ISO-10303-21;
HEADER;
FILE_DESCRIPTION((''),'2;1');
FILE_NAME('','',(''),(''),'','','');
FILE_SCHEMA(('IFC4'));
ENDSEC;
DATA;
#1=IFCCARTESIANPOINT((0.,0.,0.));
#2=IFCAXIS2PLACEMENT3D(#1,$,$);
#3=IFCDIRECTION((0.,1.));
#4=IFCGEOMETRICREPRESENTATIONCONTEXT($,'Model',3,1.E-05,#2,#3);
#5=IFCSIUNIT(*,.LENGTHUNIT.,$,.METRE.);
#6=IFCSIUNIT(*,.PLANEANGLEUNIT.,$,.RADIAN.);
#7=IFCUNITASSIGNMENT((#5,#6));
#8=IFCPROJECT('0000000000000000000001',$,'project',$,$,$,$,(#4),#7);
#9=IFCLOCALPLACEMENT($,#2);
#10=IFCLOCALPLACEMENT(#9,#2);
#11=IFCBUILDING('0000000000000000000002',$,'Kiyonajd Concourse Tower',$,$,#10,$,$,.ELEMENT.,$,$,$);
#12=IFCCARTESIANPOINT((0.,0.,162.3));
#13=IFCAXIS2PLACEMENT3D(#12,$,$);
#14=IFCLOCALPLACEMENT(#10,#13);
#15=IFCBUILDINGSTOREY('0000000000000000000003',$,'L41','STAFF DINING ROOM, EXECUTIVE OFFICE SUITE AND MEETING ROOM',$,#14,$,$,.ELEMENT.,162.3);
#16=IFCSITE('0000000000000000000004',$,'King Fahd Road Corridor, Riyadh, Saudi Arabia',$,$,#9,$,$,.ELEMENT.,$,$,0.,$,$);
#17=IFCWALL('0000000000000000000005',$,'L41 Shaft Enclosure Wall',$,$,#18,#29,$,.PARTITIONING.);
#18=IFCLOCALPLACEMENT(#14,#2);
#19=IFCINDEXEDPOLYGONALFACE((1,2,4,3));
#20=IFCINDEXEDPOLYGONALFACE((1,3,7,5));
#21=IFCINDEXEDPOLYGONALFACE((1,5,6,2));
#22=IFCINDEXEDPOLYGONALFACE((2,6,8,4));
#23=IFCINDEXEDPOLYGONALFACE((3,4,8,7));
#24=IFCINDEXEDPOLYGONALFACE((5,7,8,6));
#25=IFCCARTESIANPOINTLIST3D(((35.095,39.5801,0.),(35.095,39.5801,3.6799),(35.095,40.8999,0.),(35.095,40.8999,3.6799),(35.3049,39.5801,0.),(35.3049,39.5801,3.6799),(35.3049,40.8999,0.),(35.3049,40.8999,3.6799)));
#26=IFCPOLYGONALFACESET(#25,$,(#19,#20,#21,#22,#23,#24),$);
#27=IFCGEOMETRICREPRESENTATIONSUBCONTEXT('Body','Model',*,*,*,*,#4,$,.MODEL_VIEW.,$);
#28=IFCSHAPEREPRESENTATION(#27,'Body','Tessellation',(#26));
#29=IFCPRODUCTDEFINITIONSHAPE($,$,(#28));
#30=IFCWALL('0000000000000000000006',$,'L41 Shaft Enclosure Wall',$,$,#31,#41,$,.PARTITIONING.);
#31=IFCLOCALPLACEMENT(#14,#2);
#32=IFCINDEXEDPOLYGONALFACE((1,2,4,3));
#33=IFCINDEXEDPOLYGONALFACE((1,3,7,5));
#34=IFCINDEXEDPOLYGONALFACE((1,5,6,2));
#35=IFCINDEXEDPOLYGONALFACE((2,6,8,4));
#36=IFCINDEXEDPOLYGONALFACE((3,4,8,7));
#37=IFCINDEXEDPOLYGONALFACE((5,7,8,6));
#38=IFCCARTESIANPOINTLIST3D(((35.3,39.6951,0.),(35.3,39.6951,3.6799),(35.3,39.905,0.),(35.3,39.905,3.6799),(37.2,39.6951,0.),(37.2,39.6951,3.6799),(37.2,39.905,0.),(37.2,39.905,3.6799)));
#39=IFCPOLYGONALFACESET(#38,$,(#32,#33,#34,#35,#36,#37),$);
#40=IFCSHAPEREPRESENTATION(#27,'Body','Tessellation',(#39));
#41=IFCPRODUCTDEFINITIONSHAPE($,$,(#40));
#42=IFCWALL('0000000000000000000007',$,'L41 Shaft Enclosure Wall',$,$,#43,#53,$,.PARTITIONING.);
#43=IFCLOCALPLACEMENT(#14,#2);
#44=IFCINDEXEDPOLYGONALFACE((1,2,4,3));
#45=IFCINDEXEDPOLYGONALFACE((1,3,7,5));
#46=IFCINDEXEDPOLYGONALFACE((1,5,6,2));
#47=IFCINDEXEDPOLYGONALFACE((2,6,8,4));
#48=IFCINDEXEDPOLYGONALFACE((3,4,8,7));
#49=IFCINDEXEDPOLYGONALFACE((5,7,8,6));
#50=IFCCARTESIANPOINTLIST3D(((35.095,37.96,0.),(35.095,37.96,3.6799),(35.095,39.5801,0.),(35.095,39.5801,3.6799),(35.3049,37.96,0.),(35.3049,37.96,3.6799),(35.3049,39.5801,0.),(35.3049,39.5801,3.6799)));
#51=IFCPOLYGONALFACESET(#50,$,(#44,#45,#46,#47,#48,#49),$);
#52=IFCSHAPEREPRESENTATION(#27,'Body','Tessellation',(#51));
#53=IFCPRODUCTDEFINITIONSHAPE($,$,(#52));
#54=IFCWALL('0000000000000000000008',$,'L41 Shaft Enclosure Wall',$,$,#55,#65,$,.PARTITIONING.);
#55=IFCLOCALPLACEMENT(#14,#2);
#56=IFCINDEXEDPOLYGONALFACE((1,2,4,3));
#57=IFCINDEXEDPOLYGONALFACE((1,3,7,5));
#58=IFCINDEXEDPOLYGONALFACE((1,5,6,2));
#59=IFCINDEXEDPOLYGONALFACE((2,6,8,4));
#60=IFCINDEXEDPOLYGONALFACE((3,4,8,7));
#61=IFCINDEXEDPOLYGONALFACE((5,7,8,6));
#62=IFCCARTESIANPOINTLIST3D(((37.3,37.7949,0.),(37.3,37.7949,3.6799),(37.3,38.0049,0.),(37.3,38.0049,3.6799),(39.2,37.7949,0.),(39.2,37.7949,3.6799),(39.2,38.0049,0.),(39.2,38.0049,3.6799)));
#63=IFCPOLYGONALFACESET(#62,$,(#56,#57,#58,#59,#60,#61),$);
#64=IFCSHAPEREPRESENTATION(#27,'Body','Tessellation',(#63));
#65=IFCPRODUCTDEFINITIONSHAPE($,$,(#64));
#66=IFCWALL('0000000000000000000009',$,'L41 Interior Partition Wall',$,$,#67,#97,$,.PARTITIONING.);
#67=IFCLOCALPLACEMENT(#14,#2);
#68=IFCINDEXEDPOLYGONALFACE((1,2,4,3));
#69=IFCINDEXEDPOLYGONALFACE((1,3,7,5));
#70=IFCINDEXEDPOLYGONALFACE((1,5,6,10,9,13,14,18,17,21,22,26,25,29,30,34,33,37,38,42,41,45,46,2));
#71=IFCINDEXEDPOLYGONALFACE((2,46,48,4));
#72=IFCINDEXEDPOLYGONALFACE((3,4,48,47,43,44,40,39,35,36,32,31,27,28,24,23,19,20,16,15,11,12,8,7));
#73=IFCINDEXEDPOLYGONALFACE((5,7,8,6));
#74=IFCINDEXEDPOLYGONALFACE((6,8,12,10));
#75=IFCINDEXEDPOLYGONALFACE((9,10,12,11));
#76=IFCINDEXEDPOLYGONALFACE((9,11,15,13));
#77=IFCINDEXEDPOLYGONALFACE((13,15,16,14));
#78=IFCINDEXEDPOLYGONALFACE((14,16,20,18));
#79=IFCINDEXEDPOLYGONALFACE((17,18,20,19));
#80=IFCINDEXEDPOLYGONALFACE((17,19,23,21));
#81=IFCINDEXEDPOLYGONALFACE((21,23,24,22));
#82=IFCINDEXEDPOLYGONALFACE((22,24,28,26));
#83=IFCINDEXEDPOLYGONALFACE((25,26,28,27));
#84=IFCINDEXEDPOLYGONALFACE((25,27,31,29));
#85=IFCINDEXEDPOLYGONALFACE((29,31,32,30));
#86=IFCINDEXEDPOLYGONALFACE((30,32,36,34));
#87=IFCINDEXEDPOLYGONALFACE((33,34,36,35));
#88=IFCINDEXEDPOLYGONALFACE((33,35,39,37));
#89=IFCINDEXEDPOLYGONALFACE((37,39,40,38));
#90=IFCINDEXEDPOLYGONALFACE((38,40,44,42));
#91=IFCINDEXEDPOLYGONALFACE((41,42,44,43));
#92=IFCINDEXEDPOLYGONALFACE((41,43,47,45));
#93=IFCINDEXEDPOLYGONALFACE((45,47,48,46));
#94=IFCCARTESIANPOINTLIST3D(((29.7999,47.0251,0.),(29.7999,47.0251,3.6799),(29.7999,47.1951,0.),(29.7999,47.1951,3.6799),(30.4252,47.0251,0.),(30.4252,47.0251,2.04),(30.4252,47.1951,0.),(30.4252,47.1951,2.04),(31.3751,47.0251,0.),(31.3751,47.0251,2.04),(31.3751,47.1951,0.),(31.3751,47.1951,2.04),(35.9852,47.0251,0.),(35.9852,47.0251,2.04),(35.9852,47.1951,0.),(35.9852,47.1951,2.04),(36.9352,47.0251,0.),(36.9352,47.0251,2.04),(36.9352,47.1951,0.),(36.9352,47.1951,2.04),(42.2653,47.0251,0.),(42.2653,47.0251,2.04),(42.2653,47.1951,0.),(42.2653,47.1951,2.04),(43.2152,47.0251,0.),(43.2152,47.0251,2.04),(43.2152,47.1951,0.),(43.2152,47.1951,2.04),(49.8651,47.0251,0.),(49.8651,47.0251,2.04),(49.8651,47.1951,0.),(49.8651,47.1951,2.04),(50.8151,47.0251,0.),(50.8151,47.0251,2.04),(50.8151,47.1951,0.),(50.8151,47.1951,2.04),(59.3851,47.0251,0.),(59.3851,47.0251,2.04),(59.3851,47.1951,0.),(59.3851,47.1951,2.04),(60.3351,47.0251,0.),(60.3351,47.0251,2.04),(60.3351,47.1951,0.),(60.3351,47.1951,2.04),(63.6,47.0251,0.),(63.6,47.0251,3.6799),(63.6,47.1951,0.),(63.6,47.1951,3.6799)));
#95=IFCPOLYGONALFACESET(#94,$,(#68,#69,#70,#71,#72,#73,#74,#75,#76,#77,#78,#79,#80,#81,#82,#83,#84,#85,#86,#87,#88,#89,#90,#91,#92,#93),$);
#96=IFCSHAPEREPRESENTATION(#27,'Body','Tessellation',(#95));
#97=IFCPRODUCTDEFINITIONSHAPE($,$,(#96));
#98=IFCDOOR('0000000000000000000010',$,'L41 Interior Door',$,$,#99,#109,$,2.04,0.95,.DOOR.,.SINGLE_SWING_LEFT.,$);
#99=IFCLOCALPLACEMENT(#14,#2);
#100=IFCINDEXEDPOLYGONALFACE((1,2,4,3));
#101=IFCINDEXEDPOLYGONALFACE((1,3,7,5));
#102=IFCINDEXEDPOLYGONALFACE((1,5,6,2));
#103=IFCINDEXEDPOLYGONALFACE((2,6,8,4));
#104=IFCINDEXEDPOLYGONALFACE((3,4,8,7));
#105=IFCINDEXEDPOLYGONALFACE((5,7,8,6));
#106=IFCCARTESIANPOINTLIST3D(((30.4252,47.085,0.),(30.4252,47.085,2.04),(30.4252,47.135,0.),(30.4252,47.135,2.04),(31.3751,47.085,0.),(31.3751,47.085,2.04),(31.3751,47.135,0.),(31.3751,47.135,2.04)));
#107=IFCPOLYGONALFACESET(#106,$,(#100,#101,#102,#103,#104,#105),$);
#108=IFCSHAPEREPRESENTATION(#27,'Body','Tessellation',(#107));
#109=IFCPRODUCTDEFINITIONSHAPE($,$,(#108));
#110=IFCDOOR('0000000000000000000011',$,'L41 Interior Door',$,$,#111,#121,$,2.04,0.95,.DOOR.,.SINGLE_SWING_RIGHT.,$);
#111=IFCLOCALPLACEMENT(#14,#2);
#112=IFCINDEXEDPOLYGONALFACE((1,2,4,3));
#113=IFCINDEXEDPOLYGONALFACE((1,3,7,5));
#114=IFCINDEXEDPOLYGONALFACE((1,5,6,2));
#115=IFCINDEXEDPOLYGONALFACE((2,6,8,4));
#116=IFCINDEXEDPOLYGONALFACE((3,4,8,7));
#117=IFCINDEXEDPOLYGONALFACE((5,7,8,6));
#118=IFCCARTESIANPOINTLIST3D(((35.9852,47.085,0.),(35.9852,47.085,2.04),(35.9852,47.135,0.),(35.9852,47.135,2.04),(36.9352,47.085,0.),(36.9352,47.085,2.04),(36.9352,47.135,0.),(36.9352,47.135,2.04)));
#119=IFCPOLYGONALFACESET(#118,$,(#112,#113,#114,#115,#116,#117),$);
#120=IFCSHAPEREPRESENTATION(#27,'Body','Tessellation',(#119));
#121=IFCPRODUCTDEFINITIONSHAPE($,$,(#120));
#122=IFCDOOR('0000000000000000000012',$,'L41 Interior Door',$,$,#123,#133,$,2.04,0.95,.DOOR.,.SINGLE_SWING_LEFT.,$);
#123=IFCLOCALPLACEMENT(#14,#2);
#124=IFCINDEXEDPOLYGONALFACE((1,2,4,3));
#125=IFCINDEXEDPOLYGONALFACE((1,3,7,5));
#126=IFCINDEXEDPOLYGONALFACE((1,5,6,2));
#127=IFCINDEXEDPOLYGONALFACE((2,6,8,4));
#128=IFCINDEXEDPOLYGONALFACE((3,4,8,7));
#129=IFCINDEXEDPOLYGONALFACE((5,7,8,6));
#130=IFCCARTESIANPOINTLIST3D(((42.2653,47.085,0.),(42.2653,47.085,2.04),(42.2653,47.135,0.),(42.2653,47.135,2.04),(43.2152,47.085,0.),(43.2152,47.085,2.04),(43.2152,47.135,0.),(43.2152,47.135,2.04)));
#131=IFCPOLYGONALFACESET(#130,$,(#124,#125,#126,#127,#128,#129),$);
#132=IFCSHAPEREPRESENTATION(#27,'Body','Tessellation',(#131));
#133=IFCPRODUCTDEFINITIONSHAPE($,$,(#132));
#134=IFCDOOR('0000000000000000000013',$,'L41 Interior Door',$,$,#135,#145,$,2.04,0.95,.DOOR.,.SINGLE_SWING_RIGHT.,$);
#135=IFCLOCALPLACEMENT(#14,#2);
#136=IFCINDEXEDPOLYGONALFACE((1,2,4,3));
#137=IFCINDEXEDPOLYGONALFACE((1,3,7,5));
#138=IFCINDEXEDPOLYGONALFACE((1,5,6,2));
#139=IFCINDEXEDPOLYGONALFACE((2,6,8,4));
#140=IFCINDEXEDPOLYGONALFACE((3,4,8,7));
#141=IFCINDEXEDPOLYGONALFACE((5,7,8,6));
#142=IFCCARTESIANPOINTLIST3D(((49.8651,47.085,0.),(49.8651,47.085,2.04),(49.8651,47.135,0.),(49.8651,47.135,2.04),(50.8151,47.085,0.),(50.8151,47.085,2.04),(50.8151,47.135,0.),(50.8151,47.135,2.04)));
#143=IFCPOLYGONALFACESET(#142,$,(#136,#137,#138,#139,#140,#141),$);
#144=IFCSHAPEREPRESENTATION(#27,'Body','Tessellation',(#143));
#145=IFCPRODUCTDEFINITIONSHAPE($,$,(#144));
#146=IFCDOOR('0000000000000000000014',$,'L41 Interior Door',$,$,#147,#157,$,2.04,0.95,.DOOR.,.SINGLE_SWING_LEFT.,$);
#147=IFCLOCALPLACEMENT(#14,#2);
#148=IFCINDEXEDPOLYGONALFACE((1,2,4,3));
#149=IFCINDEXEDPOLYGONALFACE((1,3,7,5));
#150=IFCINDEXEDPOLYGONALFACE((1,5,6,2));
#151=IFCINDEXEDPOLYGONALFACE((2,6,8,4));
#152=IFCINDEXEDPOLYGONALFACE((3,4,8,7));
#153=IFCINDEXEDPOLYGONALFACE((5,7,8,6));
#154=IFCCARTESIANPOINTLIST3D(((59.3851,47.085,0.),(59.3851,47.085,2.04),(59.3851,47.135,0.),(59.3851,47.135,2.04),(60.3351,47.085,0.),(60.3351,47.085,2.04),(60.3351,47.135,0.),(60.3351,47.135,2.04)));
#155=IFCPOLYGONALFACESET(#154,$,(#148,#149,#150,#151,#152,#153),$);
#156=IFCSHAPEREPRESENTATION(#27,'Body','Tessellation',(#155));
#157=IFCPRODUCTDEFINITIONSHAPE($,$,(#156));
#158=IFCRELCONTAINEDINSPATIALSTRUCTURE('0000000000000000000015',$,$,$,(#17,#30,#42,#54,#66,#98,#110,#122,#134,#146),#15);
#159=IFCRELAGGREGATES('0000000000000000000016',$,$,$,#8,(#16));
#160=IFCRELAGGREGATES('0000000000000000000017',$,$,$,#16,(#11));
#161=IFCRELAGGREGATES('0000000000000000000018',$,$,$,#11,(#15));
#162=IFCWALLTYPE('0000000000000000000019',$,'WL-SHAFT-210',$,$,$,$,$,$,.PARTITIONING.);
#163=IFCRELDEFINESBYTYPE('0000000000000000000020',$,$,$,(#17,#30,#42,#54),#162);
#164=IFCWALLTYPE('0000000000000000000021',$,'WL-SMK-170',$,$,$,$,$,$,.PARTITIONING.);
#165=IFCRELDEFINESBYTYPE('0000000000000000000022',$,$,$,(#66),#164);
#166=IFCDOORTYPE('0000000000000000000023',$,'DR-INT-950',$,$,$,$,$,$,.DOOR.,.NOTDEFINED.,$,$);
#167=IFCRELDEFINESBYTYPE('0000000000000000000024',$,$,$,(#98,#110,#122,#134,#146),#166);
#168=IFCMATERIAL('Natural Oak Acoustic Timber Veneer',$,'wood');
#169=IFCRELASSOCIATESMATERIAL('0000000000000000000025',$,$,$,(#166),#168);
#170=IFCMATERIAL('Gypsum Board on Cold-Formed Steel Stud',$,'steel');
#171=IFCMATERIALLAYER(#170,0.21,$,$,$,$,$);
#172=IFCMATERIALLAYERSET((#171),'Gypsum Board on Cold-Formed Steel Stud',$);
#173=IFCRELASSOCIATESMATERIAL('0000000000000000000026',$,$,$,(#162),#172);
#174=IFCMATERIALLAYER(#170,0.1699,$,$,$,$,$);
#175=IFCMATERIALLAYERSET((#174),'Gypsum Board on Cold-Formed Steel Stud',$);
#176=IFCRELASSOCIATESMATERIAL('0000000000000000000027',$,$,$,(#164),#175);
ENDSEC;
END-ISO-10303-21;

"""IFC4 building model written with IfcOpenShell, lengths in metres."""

from ifc_helpers import new_model, si_unit, direction, frame, frame_2d, origin, place, context, subcontext, project, spatial, rectangle, extrude, material, layer, layer_set, type_object, element, fill, save


model = new_model("IFC4")

# Units and contexts
model_context = context("Model", 3, precision=1e-05, world=origin(), true_north=direction((0.0, 1.0)))
body_context = subcontext(model_context, "Body", "Model", "MODEL_VIEW")
ifc_project = project(units=[si_unit("LENGTHUNIT", "METRE"), si_unit("PLANEANGLEUNIT", "RADIAN")], contexts=[model_context])

# Site, building, storey
site_placement = place(None, origin())
site = spatial("IfcSite", under=ifc_project, at=site_placement, Name="King Fahd Road Corridor, Riyadh, Saudi Arabia", CompositionType="ELEMENT", RefElevation=0.0)
building_placement = place(site_placement, origin())
building = spatial("IfcBuilding", under=site, at=building_placement, Name="Kiyonajd Concourse Tower", CompositionType="ELEMENT")
storey_placement = place(building_placement, frame((0.0, 0.0, 162.3)))
storey = spatial("IfcBuildingStorey", under=building, at=storey_placement, Name="L41", Description="STAFF DINING ROOM, EXECUTIVE OFFICE SUITE AND MEETING ROOM", CompositionType="ELEMENT", Elevation=162.3)

# Shared definitions
ifc_material_1 = material(Name="Natural Oak Acoustic Timber Veneer", Category="wood")
door_type_1 = type_object("IfcDoorType", Name="DR-INT-950", OperationType="NOTDEFINED", PredefinedType="DOOR", material=ifc_material_1)

# Walls
ifc_material_2 = material(Name="Gypsum Board on Cold-Formed Steel Stud", Category="steel")
ifc_layer_1 = layer(ifc_material_2, 0.21)
ifc_layer_set_1 = layer_set([ifc_layer_1], Name="Gypsum Board on Cold-Formed Steel Stud")
wall_type_1 = type_object("IfcWallType", Name="WL-SHAFT-210", PredefinedType="PARTITIONING", material=ifc_layer_set_1)
wall_1_placement = place(storey_placement, frame((35.2, 39.5801, 0.0), z_axis=(0.0, 0.0, 1.0), x_axis=(0.0, 1.0, 0.0)))
element("IfcWall", 1, at=wall_1_placement, inside=storey, type_object=wall_type_1, Name="L41 Shaft Enclosure Wall", PredefinedType="PARTITIONING", context=body_context, shape_type="SweptSolid", body=[
    extrude(rectangle(XDim=1.3198, YDim=0.21, at=frame_2d((0.6599, 0.0))), origin(), (0.0, 0.0, 1.0), 3.6799),
])
wall_2_placement = place(storey_placement, frame((35.3, 39.8, 0.0), z_axis=(0.0, 0.0, 1.0), x_axis=(1.0, 0.0, 0.0)))
element("IfcWall", 2, at=wall_2_placement, inside=storey, type_object=wall_type_1, Name="L41 Shaft Enclosure Wall", PredefinedType="PARTITIONING", context=body_context, shape_type="SweptSolid", body=[
    extrude(rectangle(XDim=1.8999, YDim=0.21, at=frame_2d((0.95, 0.0))), origin(), (0.0, 0.0, 1.0), 3.6799),
])
wall_3_placement = place(storey_placement, frame((35.2, 37.96, 0.0), z_axis=(0.0, 0.0, 1.0), x_axis=(0.0, 1.0, 0.0)))
element("IfcWall", 3, at=wall_3_placement, inside=storey, type_object=wall_type_1, Name="L41 Shaft Enclosure Wall", PredefinedType="PARTITIONING", context=body_context, shape_type="SweptSolid", body=[
    extrude(rectangle(XDim=1.6201, YDim=0.21, at=frame_2d((0.8101, 0.0))), origin(), (0.0, 0.0, 1.0), 3.6799),
])
wall_4_placement = place(storey_placement, frame((37.3, 37.8999, 0.0), z_axis=(0.0, 0.0, 1.0), x_axis=(1.0, 0.0, 0.0)))
element("IfcWall", 4, at=wall_4_placement, inside=storey, type_object=wall_type_1, Name="L41 Shaft Enclosure Wall", PredefinedType="PARTITIONING", context=body_context, shape_type="SweptSolid", body=[
    extrude(rectangle(XDim=1.8999, YDim=0.21, at=frame_2d((0.95, 0.0))), origin(), (0.0, 0.0, 1.0), 3.6799),
])

# Wall, openings, doors
ifc_layer_2 = layer(ifc_material_2, 0.1699)
ifc_layer_set_2 = layer_set([ifc_layer_2], Name="Gypsum Board on Cold-Formed Steel Stud")
wall_type_2 = type_object("IfcWallType", Name="WL-SMK-170", PredefinedType="PARTITIONING", material=ifc_layer_set_2)
wall_5_placement = place(storey_placement, frame((29.8, 47.1101, 0.0), z_axis=(0.0, 0.0, 1.0), x_axis=(1.0, 0.0, 0.0)))
wall_5 = element("IfcWall", 5, at=wall_5_placement, inside=storey, type_object=wall_type_2, Name="L41 Interior Partition Wall", PredefinedType="PARTITIONING", context=body_context, shape_type="SweptSolid", body=[
    extrude(rectangle(XDim=33.8, YDim=0.1699, at=frame_2d((16.8999, 0.0))), origin(), (0.0, 0.0, 1.0), 3.6799),
])
opening_1_placement = place(wall_5_placement, frame((0.625, 0.0, 0.0)))
opening_1 = element("IfcOpeningElement", 6, at=opening_1_placement, cuts=wall_5, PredefinedType="OPENING", context=body_context, shape_type="SweptSolid", body=[
    extrude(rectangle(XDim=0.95, YDim=2.04, at=frame_2d((0.4751, 1.02))), frame((0.0, 0.095, 0.0), z_axis=(0.0, -1.0, 0.0), x_axis=(1.0, 0.0, 0.0)), (0.0, 0.0, 1.0), 0.1899),
])
opening_2_placement = place(wall_5_placement, frame((6.1851, 0.0, 0.0)))
opening_2 = element("IfcOpeningElement", 7, at=opening_2_placement, cuts=wall_5, PredefinedType="OPENING", context=body_context, shape_type="SweptSolid", body=[
    extrude(rectangle(XDim=0.95, YDim=2.04, at=frame_2d((0.4751, 1.02))), frame((0.0, 0.095, 0.0), z_axis=(0.0, -1.0, 0.0), x_axis=(1.0, 0.0, 0.0)), (0.0, 0.0, 1.0), 0.1899),
])
opening_3_placement = place(wall_5_placement, frame((12.4651, 0.0, 0.0)))
opening_3 = element("IfcOpeningElement", 8, at=opening_3_placement, cuts=wall_5, PredefinedType="OPENING", context=body_context, shape_type="SweptSolid", body=[
    extrude(rectangle(XDim=0.95, YDim=2.04, at=frame_2d((0.4751, 1.02))), frame((0.0, 0.095, 0.0), z_axis=(0.0, -1.0, 0.0), x_axis=(1.0, 0.0, 0.0)), (0.0, 0.0, 1.0), 0.1899),
])
opening_4_placement = place(wall_5_placement, frame((20.0649, 0.0, 0.0)))
opening_4 = element("IfcOpeningElement", 9, at=opening_4_placement, cuts=wall_5, PredefinedType="OPENING", context=body_context, shape_type="SweptSolid", body=[
    extrude(rectangle(XDim=0.95, YDim=2.04, at=frame_2d((0.4751, 1.02))), frame((0.0, 0.095, 0.0), z_axis=(0.0, -1.0, 0.0), x_axis=(1.0, 0.0, 0.0)), (0.0, 0.0, 1.0), 0.1899),
])
opening_5_placement = place(wall_5_placement, frame((29.585, 0.0, 0.0)))
opening_5 = element("IfcOpeningElement", 10, at=opening_5_placement, cuts=wall_5, PredefinedType="OPENING", context=body_context, shape_type="SweptSolid", body=[
    extrude(rectangle(XDim=0.95, YDim=2.04, at=frame_2d((0.4751, 1.02))), frame((0.0, 0.095, 0.0), z_axis=(0.0, -1.0, 0.0), x_axis=(1.0, 0.0, 0.0)), (0.0, 0.0, 1.0), 0.1899),
])
door_1_placement = place(opening_1_placement, origin())
door_1 = element("IfcDoor", 11, at=door_1_placement, inside=storey, type_object=door_type_1, Name="L41 Interior Door", OperationType="SINGLE_SWING_LEFT", OverallHeight=2.04, OverallWidth=0.95, PredefinedType="DOOR", context=body_context, shape_type="SweptSolid", body=[
    extrude(rectangle(XDim=0.95, YDim=2.04, at=frame_2d((0.4751, 1.02))), frame((0.0, 0.0249, 0.0), z_axis=(0.0, -1.0, 0.0), x_axis=(1.0, 0.0, 0.0)), (0.0, 0.0, 1.0), 0.05),
])
fill(opening_1, door_1)
door_2_placement = place(opening_2_placement, origin())
door_2 = element("IfcDoor", 12, at=door_2_placement, inside=storey, type_object=door_type_1, Name="L41 Interior Door", OperationType="SINGLE_SWING_RIGHT", OverallHeight=2.04, OverallWidth=0.95, PredefinedType="DOOR", context=body_context, shape_type="SweptSolid", body=[
    extrude(rectangle(XDim=0.95, YDim=2.04, at=frame_2d((0.4751, 1.02))), frame((0.0, 0.0249, 0.0), z_axis=(0.0, -1.0, 0.0), x_axis=(1.0, 0.0, 0.0)), (0.0, 0.0, 1.0), 0.05),
])
fill(opening_2, door_2)
door_3_placement = place(opening_3_placement, origin())
door_3 = element("IfcDoor", 13, at=door_3_placement, inside=storey, type_object=door_type_1, Name="L41 Interior Door", OperationType="SINGLE_SWING_LEFT", OverallHeight=2.04, OverallWidth=0.95, PredefinedType="DOOR", context=body_context, shape_type="SweptSolid", body=[
    extrude(rectangle(XDim=0.95, YDim=2.04, at=frame_2d((0.4751, 1.02))), frame((0.0, 0.0249, 0.0), z_axis=(0.0, -1.0, 0.0), x_axis=(1.0, 0.0, 0.0)), (0.0, 0.0, 1.0), 0.05),
])
fill(opening_3, door_3)
door_4_placement = place(opening_4_placement, origin())
door_4 = element("IfcDoor", 14, at=door_4_placement, inside=storey, type_object=door_type_1, Name="L41 Interior Door", OperationType="SINGLE_SWING_RIGHT", OverallHeight=2.04, OverallWidth=0.95, PredefinedType="DOOR", context=body_context, shape_type="SweptSolid", body=[
    extrude(rectangle(XDim=0.95, YDim=2.04, at=frame_2d((0.4751, 1.02))), frame((0.0, 0.0249, 0.0), z_axis=(0.0, -1.0, 0.0), x_axis=(1.0, 0.0, 0.0)), (0.0, 0.0, 1.0), 0.05),
])
fill(opening_4, door_4)
door_5_placement = place(opening_5_placement, origin())
door_5 = element("IfcDoor", 15, at=door_5_placement, inside=storey, type_object=door_type_1, Name="L41 Interior Door", OperationType="SINGLE_SWING_LEFT", OverallHeight=2.04, OverallWidth=0.95, PredefinedType="DOOR", context=body_context, shape_type="SweptSolid", body=[
    extrude(rectangle(XDim=0.95, YDim=2.04, at=frame_2d((0.4751, 1.02))), frame((0.0, 0.0249, 0.0), z_axis=(0.0, -1.0, 0.0), x_axis=(1.0, 0.0, 0.0)), (0.0, 0.0, 1.0), 0.05),
])
fill(opening_5, door_5)

save(model, "model.ifc")
